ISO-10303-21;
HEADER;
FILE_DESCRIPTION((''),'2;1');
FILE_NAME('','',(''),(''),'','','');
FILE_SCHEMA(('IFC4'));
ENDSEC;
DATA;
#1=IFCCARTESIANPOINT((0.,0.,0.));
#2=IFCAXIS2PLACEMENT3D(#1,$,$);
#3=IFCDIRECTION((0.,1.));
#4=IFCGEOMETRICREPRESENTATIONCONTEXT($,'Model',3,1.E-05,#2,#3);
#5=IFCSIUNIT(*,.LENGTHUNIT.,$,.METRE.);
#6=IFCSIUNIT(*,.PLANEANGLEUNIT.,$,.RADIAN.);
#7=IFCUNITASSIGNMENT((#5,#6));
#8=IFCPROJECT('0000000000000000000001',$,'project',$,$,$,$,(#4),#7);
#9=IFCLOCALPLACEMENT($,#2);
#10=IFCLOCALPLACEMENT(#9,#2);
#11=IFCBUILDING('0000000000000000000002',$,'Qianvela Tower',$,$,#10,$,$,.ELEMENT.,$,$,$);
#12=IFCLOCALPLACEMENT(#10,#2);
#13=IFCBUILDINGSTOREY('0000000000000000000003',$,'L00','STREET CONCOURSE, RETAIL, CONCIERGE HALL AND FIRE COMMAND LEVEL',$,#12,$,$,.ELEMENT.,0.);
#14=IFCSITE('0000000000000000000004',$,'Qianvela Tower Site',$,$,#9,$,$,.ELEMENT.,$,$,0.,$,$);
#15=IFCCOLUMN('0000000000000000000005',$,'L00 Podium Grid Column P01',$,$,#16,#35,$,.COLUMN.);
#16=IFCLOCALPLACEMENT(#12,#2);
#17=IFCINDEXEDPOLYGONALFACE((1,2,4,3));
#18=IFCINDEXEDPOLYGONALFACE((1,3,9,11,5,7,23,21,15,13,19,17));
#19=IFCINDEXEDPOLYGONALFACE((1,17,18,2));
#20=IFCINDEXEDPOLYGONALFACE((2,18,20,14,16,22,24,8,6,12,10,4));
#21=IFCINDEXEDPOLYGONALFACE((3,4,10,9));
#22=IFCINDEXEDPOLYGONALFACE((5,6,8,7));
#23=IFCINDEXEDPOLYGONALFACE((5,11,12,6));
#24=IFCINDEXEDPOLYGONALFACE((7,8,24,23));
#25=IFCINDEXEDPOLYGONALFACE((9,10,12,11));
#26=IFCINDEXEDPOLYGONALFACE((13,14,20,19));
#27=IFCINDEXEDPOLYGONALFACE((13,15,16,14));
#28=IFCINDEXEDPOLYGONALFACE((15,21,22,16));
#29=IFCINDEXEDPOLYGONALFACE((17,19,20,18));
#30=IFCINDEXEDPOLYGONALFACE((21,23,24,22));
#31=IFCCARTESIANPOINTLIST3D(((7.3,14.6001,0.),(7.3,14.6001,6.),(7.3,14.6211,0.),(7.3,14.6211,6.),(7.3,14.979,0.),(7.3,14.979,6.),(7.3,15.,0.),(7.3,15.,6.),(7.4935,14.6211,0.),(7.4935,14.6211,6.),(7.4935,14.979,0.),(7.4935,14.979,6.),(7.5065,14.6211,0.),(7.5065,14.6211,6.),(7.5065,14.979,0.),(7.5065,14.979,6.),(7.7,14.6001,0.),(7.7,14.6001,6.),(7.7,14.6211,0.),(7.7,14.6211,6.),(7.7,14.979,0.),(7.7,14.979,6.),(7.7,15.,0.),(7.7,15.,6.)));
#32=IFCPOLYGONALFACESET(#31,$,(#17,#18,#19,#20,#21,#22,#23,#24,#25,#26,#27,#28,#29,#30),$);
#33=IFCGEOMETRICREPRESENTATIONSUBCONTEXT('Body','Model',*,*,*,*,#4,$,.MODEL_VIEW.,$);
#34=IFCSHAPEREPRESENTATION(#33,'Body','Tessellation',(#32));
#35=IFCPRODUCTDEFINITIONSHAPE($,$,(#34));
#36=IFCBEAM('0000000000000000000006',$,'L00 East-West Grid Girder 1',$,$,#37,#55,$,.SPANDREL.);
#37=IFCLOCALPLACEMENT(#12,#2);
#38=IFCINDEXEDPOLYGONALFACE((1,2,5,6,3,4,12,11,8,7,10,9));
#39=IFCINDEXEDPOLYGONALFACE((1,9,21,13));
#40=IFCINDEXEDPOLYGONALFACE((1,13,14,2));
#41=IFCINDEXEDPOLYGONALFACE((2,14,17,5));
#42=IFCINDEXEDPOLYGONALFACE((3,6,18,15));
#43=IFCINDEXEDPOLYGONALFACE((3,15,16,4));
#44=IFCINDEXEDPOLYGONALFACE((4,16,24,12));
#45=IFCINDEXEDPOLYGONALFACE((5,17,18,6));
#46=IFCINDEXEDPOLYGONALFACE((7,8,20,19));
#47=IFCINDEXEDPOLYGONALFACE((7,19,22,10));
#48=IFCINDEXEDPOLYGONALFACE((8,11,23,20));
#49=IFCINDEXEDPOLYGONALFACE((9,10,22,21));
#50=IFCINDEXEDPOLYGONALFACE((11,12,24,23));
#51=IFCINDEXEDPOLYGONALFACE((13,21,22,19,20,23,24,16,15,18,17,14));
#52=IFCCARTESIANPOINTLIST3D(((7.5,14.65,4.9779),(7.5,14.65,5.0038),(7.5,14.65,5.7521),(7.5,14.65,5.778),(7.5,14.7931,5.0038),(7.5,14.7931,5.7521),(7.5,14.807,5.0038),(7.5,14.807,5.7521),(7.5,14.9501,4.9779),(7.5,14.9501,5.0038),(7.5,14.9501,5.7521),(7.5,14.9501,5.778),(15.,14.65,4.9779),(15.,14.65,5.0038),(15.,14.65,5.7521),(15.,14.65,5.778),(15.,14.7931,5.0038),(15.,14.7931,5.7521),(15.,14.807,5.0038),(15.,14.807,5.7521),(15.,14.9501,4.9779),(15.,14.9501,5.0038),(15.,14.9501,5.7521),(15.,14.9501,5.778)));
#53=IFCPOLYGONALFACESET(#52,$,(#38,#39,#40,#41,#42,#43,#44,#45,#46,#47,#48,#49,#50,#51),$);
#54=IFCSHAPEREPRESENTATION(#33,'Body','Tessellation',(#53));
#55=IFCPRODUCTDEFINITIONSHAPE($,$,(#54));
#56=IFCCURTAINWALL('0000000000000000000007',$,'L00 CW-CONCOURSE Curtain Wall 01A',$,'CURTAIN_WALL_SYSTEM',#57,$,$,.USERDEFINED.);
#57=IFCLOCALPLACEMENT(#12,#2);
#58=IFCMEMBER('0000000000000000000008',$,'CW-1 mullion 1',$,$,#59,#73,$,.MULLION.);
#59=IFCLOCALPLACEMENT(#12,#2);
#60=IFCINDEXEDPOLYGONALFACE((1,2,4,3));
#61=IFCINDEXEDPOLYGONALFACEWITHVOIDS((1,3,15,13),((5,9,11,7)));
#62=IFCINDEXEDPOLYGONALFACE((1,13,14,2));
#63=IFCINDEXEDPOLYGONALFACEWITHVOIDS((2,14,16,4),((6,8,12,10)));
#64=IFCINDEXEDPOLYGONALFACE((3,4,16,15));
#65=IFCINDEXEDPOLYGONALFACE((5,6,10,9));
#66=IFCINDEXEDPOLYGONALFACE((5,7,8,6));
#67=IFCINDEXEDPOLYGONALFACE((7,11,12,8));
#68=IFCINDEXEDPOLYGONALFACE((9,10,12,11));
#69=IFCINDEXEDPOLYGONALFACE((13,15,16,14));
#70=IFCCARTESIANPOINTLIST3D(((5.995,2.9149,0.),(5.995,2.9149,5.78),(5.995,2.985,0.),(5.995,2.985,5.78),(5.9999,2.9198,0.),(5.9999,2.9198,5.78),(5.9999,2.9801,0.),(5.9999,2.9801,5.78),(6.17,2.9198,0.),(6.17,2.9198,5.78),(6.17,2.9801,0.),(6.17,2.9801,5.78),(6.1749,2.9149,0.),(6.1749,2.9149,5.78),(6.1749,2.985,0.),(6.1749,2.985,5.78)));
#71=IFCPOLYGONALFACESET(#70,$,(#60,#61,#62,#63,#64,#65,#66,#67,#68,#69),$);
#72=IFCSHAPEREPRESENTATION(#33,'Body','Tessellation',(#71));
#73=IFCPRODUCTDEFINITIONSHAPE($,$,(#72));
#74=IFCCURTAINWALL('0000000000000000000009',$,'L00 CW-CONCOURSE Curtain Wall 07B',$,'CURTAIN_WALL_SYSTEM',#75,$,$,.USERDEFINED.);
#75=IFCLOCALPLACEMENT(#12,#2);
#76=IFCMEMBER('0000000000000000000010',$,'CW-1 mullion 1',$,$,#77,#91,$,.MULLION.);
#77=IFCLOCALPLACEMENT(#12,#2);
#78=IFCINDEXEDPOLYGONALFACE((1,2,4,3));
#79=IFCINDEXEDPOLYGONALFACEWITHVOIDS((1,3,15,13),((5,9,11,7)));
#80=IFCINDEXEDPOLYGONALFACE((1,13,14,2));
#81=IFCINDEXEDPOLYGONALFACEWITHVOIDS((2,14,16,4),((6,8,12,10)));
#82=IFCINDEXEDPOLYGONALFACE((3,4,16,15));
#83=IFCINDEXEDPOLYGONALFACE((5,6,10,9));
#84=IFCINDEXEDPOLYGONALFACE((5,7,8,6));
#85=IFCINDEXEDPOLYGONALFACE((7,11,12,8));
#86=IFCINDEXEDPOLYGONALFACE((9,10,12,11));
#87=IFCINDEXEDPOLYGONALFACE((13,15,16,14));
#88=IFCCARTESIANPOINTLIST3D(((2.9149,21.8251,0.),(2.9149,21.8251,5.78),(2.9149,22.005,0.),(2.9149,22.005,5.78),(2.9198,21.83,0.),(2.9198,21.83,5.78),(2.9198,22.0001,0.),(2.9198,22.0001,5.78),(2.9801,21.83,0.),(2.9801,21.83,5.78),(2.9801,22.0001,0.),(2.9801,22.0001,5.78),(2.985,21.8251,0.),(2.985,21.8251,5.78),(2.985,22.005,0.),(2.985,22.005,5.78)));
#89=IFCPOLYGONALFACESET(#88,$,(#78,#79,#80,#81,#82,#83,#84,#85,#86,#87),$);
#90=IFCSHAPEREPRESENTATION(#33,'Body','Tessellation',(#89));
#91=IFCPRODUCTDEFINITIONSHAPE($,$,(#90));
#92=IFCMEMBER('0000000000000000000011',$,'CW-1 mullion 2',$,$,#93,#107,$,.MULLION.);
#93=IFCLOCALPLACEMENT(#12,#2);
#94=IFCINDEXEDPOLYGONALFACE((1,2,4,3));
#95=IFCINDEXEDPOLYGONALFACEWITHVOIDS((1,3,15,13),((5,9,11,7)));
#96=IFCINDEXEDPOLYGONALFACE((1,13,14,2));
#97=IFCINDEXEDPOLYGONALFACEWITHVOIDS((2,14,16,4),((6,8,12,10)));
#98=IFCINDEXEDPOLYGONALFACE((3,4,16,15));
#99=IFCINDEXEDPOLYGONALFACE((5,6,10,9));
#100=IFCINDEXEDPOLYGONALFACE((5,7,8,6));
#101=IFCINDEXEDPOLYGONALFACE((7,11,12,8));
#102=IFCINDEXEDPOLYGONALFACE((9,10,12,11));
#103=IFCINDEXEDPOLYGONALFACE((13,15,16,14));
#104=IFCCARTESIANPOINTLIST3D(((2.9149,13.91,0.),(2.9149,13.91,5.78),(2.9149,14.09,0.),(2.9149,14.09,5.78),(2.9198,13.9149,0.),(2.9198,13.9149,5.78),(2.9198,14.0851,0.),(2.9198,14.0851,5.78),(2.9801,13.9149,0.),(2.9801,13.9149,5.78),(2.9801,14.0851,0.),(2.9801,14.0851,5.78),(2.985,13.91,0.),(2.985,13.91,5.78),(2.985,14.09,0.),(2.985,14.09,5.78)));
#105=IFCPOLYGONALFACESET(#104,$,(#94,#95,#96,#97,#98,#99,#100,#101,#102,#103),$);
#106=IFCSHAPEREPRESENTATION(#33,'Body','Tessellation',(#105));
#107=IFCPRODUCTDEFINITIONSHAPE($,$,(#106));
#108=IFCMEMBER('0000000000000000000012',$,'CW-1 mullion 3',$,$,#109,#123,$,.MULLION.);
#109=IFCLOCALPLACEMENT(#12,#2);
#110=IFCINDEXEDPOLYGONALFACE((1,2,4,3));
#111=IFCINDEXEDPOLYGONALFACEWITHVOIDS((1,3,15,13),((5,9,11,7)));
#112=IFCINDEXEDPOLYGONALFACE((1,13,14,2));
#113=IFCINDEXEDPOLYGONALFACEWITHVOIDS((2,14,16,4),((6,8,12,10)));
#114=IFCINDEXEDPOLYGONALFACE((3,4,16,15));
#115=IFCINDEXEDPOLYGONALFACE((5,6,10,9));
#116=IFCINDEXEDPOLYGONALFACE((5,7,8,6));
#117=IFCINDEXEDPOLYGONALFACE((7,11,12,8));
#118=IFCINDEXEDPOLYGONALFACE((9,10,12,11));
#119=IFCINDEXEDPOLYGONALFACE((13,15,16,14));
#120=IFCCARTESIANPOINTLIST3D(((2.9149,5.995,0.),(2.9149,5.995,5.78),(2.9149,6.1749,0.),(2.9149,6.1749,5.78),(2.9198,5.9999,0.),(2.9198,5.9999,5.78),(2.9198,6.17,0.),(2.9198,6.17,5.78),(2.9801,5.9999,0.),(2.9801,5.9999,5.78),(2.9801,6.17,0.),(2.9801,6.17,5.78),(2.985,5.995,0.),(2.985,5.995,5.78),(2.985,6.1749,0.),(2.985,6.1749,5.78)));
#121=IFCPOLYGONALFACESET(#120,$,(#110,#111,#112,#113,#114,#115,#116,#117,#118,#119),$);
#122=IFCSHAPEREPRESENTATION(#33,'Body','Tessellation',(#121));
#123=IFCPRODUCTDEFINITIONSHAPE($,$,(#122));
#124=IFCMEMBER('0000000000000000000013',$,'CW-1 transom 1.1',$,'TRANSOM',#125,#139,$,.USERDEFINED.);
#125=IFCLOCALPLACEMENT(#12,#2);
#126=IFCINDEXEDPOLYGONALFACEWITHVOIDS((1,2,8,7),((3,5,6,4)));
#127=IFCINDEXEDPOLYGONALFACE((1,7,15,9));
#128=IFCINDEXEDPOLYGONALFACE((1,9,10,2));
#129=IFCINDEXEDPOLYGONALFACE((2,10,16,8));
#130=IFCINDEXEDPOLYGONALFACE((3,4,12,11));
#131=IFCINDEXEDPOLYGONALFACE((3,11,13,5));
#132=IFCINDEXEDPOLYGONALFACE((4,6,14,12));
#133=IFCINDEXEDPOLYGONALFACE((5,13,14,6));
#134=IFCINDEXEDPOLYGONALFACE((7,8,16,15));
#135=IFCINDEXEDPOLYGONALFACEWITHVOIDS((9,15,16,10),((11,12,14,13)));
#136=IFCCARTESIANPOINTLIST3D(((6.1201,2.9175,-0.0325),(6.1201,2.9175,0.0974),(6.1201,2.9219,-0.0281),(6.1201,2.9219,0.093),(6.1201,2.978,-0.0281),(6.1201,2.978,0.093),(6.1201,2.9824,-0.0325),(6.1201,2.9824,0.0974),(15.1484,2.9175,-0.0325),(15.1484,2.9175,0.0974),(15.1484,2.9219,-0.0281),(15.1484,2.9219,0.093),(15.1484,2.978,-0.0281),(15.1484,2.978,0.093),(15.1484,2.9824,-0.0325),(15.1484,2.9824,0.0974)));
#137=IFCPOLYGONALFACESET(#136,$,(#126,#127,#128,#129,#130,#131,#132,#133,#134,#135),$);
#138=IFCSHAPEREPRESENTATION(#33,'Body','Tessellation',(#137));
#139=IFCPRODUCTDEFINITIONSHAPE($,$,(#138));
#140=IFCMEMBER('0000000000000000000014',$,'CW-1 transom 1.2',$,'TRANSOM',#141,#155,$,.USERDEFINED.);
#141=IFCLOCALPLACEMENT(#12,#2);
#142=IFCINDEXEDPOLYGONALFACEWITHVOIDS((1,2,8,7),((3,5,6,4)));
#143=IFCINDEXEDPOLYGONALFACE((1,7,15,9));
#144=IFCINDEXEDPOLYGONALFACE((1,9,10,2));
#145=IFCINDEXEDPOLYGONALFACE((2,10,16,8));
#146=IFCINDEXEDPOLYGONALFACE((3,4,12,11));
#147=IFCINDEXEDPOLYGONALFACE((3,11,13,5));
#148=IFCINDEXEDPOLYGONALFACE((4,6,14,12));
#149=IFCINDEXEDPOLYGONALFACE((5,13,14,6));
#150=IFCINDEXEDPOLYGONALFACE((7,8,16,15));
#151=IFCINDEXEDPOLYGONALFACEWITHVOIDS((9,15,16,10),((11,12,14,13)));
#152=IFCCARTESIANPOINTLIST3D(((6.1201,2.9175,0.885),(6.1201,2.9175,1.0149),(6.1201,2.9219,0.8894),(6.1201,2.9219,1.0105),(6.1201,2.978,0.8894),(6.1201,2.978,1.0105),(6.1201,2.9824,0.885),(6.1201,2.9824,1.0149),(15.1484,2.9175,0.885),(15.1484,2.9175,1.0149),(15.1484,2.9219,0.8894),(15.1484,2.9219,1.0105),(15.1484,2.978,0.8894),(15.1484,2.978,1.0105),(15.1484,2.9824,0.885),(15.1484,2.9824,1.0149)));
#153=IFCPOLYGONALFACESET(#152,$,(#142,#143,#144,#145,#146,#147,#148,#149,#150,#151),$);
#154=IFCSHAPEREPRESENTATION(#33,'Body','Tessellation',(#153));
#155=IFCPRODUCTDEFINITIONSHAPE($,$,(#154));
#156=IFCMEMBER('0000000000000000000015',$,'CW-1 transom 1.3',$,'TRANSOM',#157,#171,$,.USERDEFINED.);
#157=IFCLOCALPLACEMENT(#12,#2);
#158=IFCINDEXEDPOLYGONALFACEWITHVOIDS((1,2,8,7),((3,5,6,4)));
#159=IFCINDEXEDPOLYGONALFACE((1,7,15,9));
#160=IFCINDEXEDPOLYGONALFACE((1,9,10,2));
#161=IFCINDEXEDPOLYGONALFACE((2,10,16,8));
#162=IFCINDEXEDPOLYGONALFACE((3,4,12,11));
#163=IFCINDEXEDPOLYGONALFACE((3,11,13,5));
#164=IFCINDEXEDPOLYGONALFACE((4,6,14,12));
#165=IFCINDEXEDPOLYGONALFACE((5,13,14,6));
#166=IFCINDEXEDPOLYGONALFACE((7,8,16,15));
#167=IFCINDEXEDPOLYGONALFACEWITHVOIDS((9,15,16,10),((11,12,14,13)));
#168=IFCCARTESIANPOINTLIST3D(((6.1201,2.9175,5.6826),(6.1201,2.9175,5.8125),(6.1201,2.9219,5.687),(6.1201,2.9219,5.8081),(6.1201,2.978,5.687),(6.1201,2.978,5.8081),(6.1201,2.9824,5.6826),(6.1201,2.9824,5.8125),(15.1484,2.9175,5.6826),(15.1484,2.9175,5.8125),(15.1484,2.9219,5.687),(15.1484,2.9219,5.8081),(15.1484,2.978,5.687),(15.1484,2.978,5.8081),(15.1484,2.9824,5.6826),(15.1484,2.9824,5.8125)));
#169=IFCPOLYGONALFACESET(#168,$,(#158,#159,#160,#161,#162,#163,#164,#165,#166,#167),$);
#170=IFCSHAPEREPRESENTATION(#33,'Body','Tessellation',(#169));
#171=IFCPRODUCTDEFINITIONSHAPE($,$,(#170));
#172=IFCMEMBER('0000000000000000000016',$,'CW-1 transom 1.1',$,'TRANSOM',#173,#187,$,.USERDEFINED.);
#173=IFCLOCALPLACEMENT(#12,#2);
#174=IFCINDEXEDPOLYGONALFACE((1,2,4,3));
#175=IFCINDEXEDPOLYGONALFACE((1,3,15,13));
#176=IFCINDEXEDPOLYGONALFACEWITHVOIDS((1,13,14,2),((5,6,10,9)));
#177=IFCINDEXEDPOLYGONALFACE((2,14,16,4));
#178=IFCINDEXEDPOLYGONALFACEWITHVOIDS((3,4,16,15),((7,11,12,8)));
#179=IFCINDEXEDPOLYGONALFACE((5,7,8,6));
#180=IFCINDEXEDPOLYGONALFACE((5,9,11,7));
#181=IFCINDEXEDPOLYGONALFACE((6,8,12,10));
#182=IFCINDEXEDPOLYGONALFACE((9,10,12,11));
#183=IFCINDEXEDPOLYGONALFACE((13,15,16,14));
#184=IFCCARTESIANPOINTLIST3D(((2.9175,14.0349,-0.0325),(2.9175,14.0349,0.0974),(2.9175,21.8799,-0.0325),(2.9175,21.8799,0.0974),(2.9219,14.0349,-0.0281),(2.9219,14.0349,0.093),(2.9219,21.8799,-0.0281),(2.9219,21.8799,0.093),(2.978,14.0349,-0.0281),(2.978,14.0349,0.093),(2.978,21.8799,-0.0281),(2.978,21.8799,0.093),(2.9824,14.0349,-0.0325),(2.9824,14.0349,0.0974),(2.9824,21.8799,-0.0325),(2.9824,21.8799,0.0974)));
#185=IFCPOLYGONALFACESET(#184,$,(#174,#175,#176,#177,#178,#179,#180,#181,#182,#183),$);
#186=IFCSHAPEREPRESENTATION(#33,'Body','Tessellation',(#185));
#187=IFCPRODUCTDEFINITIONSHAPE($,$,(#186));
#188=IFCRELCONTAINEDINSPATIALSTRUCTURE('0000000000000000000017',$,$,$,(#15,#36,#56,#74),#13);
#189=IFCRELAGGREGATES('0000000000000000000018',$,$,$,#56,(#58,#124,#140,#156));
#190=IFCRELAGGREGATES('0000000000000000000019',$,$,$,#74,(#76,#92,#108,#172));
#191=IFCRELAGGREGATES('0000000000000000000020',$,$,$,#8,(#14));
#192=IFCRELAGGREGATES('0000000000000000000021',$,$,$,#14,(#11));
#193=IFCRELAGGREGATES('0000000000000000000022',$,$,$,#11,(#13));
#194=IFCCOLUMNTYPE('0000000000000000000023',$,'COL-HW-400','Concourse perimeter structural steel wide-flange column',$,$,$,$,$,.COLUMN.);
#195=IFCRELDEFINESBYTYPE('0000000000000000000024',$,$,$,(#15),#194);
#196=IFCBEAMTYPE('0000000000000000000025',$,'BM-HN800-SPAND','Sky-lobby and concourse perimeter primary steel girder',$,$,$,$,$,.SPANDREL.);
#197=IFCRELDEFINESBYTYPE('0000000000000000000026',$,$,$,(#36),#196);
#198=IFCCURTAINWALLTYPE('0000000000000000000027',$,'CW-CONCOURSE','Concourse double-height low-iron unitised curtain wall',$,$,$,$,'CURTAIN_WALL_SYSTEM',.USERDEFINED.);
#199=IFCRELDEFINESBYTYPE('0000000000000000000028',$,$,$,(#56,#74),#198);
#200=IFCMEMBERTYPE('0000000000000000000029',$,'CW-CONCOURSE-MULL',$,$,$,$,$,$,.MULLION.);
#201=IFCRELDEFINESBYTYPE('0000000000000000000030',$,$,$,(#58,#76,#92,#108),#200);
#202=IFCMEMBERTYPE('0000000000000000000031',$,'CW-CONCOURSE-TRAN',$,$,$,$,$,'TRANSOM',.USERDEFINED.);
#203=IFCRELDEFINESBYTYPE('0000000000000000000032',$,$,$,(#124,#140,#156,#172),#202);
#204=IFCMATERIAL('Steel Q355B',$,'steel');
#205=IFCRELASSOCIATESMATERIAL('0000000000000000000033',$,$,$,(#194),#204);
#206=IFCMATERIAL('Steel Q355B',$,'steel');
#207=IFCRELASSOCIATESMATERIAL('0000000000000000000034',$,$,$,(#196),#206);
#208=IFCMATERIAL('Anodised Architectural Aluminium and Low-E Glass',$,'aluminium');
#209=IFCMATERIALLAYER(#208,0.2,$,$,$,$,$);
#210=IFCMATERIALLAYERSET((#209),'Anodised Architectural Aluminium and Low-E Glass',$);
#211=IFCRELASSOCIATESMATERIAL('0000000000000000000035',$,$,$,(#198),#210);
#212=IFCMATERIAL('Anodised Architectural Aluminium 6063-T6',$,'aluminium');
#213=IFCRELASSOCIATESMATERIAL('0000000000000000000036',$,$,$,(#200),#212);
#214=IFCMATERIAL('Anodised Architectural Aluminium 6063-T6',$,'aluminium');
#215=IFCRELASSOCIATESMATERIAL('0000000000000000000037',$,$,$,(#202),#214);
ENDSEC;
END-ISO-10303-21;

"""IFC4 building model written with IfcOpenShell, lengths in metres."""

from ifc_helpers import new_model, si_unit, direction, frame, origin, origin_2d, place, context, subcontext, project, spatial, hollow_rectangle, i_section, extrude, material, layer, layer_set, material_profile, profile_set, type_object, element, aggregate, save


model = new_model("IFC4")

# Units and contexts
model_context = context("Model", 3, precision=1e-05, world=origin(), true_north=direction((0.0, 1.0)))
body_context = subcontext(model_context, "Body", "Model", "MODEL_VIEW")
ifc_project = project(units=[si_unit("LENGTHUNIT", "METRE"), si_unit("PLANEANGLEUNIT", "RADIAN")], contexts=[model_context])

# Site, building, storey
site_placement = place(None, origin())
site = spatial("IfcSite", under=ifc_project, at=site_placement, Name="Qianvela Tower Site", CompositionType="ELEMENT", RefElevation=0.0)
building_placement = place(site_placement, origin())
building = spatial("IfcBuilding", under=site, at=building_placement, Name="Qianvela Tower", CompositionType="ELEMENT")
storey_placement = place(building_placement, origin())
storey = spatial("IfcBuildingStorey", under=building, at=storey_placement, Name="L00", Description="STREET CONCOURSE, RETAIL, CONCIERGE HALL AND FIRE COMMAND LEVEL", CompositionType="ELEMENT", Elevation=0.0)

# Column
ifc_material_1 = material(Name="Steel Q355B", Category="steel")
ifc_material_profile_1 = material_profile(ifc_material_1, i_section(OverallWidth=0.3999, OverallDepth=0.3999, WebThickness=0.0129, FlangeThickness=0.021, at=origin_2d()), Name="HW400x400x13x21")
ifc_profile_set_1 = profile_set([ifc_material_profile_1], Name="Steel Q355B")
column_type = type_object("IfcColumnType", Name="COL-HW-400", Description="Concourse perimeter structural steel wide-flange column", PredefinedType="COLUMN", material=ifc_profile_set_1)
column_placement = place(storey_placement, frame((7.5, 14.8, 0.0), z_axis=(0.0, 0.0, 1.0), x_axis=(1.0, 0.0, 0.0)))
element("IfcColumn", 1, at=column_placement, inside=storey, type_object=column_type, Name="L00 Podium Grid Column P01", PredefinedType="COLUMN", context=body_context, shape_type="SweptSolid", body=[
    extrude(i_section(OverallWidth=0.3999, OverallDepth=0.3999, WebThickness=0.0129, FlangeThickness=0.021, at=origin_2d()), origin(), (0.0, 0.0, 1.0), 6.0),
])

# Beam
ifc_material_2 = material(Name="Steel Q355B", Category="steel")
ifc_material_profile_2 = material_profile(ifc_material_2, i_section(OverallWidth=0.3, OverallDepth=0.8, WebThickness=0.0139, FlangeThickness=0.0259, at=origin_2d()), Name="HN800x300x14x26")
ifc_profile_set_2 = profile_set([ifc_material_profile_2], Name="Steel Q355B")
beam_type = type_object("IfcBeamType", Name="BM-HN800-SPAND", Description="Sky-lobby and concourse perimeter primary steel girder", PredefinedType="SPANDREL", material=ifc_profile_set_2)
beam_placement = place(storey_placement, frame((7.5, 14.8, 5.3779), z_axis=(1.0, 0.0, 0.0), x_axis=(0.0, 1.0, 0.0)))
element("IfcBeam", 2, at=beam_placement, inside=storey, type_object=beam_type, Name="L00 East-West Grid Girder 1", PredefinedType="SPANDREL", context=body_context, shape_type="SweptSolid", body=[
    extrude(i_section(OverallWidth=0.3, OverallDepth=0.8, WebThickness=0.0139, FlangeThickness=0.0259, at=origin_2d()), origin(), (0.0, 0.0, 1.0), 7.5),
])

# Curtain wall, member
ifc_material_3 = material(Name="Anodised Architectural Aluminium and Low-E Glass", Category="aluminium")
ifc_layer_1 = layer(ifc_material_3, 0.2)
ifc_layer_set_1 = layer_set([ifc_layer_1], Name="Anodised Architectural Aluminium and Low-E Glass")
curtain_wall_type = type_object("IfcCurtainWallType", Name="CW-CONCOURSE", Description="Concourse double-height low-iron unitised curtain wall", ElementType="CURTAIN_WALL_SYSTEM", PredefinedType="USERDEFINED", material=ifc_layer_set_1)
curtain_wall_1_placement = place(storey_placement, origin())
curtain_wall_1 = element("IfcCurtainWall", 3, at=curtain_wall_1_placement, inside=storey, type_object=curtain_wall_type, Name="L00 CW-CONCOURSE Curtain Wall 01A", ObjectType="CURTAIN_WALL_SYSTEM", PredefinedType="USERDEFINED")
ifc_material_4 = material(Name="Anodised Architectural Aluminium 6063-T6", Category="aluminium")
ifc_material_profile_3 = material_profile(ifc_material_4, hollow_rectangle(XDim=0.0701, YDim=0.1799, WallThickness=0.0049, at=origin_2d()), Name="ALU-MULL-70x180")
ifc_profile_set_3 = profile_set([ifc_material_profile_3], Name="Anodised Architectural Aluminium 6063-T6")
member_type_1 = type_object("IfcMemberType", Name="CW-CONCOURSE-MULL", PredefinedType="MULLION", material=ifc_profile_set_3)
member_1_placement = place(storey_placement, frame((6.085, 2.95, 0.0), z_axis=(0.0, 0.0, 1.0), x_axis=(0.0, 1.0, 0.0)))
member_1 = element("IfcMember", 4, at=member_1_placement, type_object=member_type_1, Name="CW-1 mullion 1", PredefinedType="MULLION", context=body_context, shape_type="SweptSolid", body=[
    extrude(hollow_rectangle(XDim=0.0701, YDim=0.1799, WallThickness=0.0049, at=origin_2d()), origin(), (0.0, 0.0, 1.0), 5.78),
])

# Curtain wall, members
curtain_wall_2_placement = place(storey_placement, origin())
curtain_wall_2 = element("IfcCurtainWall", 5, at=curtain_wall_2_placement, inside=storey, type_object=curtain_wall_type, Name="L00 CW-CONCOURSE Curtain Wall 07B", ObjectType="CURTAIN_WALL_SYSTEM", PredefinedType="USERDEFINED")
member_2_placement = place(storey_placement, frame((2.95, 21.915, 0.0), z_axis=(0.0, 0.0, 1.0), x_axis=(1.0, 0.0, 0.0)))
member_2 = element("IfcMember", 6, at=member_2_placement, type_object=member_type_1, Name="CW-1 mullion 1", PredefinedType="MULLION", context=body_context, shape_type="SweptSolid", body=[
    extrude(hollow_rectangle(XDim=0.0701, YDim=0.1799, WallThickness=0.0049, at=origin_2d()), origin(), (0.0, 0.0, 1.0), 5.78),
])
member_3_placement = place(storey_placement, frame((2.95, 14.0, 0.0), z_axis=(0.0, 0.0, 1.0), x_axis=(1.0, 0.0, 0.0)))
member_3 = element("IfcMember", 7, at=member_3_placement, type_object=member_type_1, Name="CW-1 mullion 2", PredefinedType="MULLION", context=body_context, shape_type="SweptSolid", body=[
    extrude(hollow_rectangle(XDim=0.0701, YDim=0.1799, WallThickness=0.0049, at=origin_2d()), origin(), (0.0, 0.0, 1.0), 5.78),
])
member_4_placement = place(storey_placement, frame((2.95, 6.085, 0.0), z_axis=(0.0, 0.0, 1.0), x_axis=(1.0, 0.0, 0.0)))
member_4 = element("IfcMember", 8, at=member_4_placement, type_object=member_type_1, Name="CW-1 mullion 3", PredefinedType="MULLION", context=body_context, shape_type="SweptSolid", body=[
    extrude(hollow_rectangle(XDim=0.0701, YDim=0.1799, WallThickness=0.0049, at=origin_2d()), origin(), (0.0, 0.0, 1.0), 5.78),
])

# Members
ifc_material_5 = material(Name="Anodised Architectural Aluminium 6063-T6", Category="aluminium")
ifc_material_profile_4 = material_profile(ifc_material_5, hollow_rectangle(XDim=0.0649, YDim=0.1299, WallThickness=0.0044, at=origin_2d()), Name="ALU-TRAN-65x130")
ifc_profile_set_4 = profile_set([ifc_material_profile_4], Name="Anodised Architectural Aluminium 6063-T6")
member_type_2 = type_object("IfcMemberType", Name="CW-CONCOURSE-TRAN", ElementType="TRANSOM", PredefinedType="USERDEFINED", material=ifc_profile_set_4)
member_5_placement = place(storey_placement, frame((6.1201, 2.95, 0.0325), z_axis=(1.0, 0.0, 0.0), x_axis=(0.0, 1.0, 0.0)))
member_5 = element("IfcMember", 9, at=member_5_placement, type_object=member_type_2, Name="CW-1 transom 1.1", ObjectType="TRANSOM", PredefinedType="USERDEFINED", context=body_context, shape_type="SweptSolid", body=[
    extrude(hollow_rectangle(XDim=0.0649, YDim=0.1299, WallThickness=0.0044, at=origin_2d()), origin(), (0.0, 0.0, 1.0), 9.0283),
])
member_6_placement = place(storey_placement, frame((6.1201, 2.95, 0.95), z_axis=(1.0, 0.0, 0.0), x_axis=(0.0, 1.0, 0.0)))
member_6 = element("IfcMember", 10, at=member_6_placement, type_object=member_type_2, Name="CW-1 transom 1.2", ObjectType="TRANSOM", PredefinedType="USERDEFINED", context=body_context, shape_type="SweptSolid", body=[
    extrude(hollow_rectangle(XDim=0.0649, YDim=0.1299, WallThickness=0.0044, at=origin_2d()), origin(), (0.0, 0.0, 1.0), 9.0283),
])
member_7_placement = place(storey_placement, frame((6.1201, 2.95, 5.7476), z_axis=(1.0, 0.0, 0.0), x_axis=(0.0, 1.0, 0.0)))
member_7 = element("IfcMember", 11, at=member_7_placement, type_object=member_type_2, Name="CW-1 transom 1.3", ObjectType="TRANSOM", PredefinedType="USERDEFINED", context=body_context, shape_type="SweptSolid", body=[
    extrude(hollow_rectangle(XDim=0.0649, YDim=0.1299, WallThickness=0.0044, at=origin_2d()), origin(), (0.0, 0.0, 1.0), 9.0283),
])
aggregate(curtain_wall_1, [member_1, member_5, member_6, member_7])
member_8_placement = place(storey_placement, frame((2.95, 21.8799, 0.0325), z_axis=(0.0, -1.0, 0.0), x_axis=(1.0, 0.0, 0.0)))
member_8 = element("IfcMember", 12, at=member_8_placement, type_object=member_type_2, Name="CW-1 transom 1.1", ObjectType="TRANSOM", PredefinedType="USERDEFINED", context=body_context, shape_type="SweptSolid", body=[
    extrude(hollow_rectangle(XDim=0.0649, YDim=0.1299, WallThickness=0.0044, at=origin_2d()), origin(), (0.0, 0.0, 1.0), 7.845),
])

aggregate(curtain_wall_2, [member_2, member_3, member_4, member_8])

save(model, "model.ifc")
